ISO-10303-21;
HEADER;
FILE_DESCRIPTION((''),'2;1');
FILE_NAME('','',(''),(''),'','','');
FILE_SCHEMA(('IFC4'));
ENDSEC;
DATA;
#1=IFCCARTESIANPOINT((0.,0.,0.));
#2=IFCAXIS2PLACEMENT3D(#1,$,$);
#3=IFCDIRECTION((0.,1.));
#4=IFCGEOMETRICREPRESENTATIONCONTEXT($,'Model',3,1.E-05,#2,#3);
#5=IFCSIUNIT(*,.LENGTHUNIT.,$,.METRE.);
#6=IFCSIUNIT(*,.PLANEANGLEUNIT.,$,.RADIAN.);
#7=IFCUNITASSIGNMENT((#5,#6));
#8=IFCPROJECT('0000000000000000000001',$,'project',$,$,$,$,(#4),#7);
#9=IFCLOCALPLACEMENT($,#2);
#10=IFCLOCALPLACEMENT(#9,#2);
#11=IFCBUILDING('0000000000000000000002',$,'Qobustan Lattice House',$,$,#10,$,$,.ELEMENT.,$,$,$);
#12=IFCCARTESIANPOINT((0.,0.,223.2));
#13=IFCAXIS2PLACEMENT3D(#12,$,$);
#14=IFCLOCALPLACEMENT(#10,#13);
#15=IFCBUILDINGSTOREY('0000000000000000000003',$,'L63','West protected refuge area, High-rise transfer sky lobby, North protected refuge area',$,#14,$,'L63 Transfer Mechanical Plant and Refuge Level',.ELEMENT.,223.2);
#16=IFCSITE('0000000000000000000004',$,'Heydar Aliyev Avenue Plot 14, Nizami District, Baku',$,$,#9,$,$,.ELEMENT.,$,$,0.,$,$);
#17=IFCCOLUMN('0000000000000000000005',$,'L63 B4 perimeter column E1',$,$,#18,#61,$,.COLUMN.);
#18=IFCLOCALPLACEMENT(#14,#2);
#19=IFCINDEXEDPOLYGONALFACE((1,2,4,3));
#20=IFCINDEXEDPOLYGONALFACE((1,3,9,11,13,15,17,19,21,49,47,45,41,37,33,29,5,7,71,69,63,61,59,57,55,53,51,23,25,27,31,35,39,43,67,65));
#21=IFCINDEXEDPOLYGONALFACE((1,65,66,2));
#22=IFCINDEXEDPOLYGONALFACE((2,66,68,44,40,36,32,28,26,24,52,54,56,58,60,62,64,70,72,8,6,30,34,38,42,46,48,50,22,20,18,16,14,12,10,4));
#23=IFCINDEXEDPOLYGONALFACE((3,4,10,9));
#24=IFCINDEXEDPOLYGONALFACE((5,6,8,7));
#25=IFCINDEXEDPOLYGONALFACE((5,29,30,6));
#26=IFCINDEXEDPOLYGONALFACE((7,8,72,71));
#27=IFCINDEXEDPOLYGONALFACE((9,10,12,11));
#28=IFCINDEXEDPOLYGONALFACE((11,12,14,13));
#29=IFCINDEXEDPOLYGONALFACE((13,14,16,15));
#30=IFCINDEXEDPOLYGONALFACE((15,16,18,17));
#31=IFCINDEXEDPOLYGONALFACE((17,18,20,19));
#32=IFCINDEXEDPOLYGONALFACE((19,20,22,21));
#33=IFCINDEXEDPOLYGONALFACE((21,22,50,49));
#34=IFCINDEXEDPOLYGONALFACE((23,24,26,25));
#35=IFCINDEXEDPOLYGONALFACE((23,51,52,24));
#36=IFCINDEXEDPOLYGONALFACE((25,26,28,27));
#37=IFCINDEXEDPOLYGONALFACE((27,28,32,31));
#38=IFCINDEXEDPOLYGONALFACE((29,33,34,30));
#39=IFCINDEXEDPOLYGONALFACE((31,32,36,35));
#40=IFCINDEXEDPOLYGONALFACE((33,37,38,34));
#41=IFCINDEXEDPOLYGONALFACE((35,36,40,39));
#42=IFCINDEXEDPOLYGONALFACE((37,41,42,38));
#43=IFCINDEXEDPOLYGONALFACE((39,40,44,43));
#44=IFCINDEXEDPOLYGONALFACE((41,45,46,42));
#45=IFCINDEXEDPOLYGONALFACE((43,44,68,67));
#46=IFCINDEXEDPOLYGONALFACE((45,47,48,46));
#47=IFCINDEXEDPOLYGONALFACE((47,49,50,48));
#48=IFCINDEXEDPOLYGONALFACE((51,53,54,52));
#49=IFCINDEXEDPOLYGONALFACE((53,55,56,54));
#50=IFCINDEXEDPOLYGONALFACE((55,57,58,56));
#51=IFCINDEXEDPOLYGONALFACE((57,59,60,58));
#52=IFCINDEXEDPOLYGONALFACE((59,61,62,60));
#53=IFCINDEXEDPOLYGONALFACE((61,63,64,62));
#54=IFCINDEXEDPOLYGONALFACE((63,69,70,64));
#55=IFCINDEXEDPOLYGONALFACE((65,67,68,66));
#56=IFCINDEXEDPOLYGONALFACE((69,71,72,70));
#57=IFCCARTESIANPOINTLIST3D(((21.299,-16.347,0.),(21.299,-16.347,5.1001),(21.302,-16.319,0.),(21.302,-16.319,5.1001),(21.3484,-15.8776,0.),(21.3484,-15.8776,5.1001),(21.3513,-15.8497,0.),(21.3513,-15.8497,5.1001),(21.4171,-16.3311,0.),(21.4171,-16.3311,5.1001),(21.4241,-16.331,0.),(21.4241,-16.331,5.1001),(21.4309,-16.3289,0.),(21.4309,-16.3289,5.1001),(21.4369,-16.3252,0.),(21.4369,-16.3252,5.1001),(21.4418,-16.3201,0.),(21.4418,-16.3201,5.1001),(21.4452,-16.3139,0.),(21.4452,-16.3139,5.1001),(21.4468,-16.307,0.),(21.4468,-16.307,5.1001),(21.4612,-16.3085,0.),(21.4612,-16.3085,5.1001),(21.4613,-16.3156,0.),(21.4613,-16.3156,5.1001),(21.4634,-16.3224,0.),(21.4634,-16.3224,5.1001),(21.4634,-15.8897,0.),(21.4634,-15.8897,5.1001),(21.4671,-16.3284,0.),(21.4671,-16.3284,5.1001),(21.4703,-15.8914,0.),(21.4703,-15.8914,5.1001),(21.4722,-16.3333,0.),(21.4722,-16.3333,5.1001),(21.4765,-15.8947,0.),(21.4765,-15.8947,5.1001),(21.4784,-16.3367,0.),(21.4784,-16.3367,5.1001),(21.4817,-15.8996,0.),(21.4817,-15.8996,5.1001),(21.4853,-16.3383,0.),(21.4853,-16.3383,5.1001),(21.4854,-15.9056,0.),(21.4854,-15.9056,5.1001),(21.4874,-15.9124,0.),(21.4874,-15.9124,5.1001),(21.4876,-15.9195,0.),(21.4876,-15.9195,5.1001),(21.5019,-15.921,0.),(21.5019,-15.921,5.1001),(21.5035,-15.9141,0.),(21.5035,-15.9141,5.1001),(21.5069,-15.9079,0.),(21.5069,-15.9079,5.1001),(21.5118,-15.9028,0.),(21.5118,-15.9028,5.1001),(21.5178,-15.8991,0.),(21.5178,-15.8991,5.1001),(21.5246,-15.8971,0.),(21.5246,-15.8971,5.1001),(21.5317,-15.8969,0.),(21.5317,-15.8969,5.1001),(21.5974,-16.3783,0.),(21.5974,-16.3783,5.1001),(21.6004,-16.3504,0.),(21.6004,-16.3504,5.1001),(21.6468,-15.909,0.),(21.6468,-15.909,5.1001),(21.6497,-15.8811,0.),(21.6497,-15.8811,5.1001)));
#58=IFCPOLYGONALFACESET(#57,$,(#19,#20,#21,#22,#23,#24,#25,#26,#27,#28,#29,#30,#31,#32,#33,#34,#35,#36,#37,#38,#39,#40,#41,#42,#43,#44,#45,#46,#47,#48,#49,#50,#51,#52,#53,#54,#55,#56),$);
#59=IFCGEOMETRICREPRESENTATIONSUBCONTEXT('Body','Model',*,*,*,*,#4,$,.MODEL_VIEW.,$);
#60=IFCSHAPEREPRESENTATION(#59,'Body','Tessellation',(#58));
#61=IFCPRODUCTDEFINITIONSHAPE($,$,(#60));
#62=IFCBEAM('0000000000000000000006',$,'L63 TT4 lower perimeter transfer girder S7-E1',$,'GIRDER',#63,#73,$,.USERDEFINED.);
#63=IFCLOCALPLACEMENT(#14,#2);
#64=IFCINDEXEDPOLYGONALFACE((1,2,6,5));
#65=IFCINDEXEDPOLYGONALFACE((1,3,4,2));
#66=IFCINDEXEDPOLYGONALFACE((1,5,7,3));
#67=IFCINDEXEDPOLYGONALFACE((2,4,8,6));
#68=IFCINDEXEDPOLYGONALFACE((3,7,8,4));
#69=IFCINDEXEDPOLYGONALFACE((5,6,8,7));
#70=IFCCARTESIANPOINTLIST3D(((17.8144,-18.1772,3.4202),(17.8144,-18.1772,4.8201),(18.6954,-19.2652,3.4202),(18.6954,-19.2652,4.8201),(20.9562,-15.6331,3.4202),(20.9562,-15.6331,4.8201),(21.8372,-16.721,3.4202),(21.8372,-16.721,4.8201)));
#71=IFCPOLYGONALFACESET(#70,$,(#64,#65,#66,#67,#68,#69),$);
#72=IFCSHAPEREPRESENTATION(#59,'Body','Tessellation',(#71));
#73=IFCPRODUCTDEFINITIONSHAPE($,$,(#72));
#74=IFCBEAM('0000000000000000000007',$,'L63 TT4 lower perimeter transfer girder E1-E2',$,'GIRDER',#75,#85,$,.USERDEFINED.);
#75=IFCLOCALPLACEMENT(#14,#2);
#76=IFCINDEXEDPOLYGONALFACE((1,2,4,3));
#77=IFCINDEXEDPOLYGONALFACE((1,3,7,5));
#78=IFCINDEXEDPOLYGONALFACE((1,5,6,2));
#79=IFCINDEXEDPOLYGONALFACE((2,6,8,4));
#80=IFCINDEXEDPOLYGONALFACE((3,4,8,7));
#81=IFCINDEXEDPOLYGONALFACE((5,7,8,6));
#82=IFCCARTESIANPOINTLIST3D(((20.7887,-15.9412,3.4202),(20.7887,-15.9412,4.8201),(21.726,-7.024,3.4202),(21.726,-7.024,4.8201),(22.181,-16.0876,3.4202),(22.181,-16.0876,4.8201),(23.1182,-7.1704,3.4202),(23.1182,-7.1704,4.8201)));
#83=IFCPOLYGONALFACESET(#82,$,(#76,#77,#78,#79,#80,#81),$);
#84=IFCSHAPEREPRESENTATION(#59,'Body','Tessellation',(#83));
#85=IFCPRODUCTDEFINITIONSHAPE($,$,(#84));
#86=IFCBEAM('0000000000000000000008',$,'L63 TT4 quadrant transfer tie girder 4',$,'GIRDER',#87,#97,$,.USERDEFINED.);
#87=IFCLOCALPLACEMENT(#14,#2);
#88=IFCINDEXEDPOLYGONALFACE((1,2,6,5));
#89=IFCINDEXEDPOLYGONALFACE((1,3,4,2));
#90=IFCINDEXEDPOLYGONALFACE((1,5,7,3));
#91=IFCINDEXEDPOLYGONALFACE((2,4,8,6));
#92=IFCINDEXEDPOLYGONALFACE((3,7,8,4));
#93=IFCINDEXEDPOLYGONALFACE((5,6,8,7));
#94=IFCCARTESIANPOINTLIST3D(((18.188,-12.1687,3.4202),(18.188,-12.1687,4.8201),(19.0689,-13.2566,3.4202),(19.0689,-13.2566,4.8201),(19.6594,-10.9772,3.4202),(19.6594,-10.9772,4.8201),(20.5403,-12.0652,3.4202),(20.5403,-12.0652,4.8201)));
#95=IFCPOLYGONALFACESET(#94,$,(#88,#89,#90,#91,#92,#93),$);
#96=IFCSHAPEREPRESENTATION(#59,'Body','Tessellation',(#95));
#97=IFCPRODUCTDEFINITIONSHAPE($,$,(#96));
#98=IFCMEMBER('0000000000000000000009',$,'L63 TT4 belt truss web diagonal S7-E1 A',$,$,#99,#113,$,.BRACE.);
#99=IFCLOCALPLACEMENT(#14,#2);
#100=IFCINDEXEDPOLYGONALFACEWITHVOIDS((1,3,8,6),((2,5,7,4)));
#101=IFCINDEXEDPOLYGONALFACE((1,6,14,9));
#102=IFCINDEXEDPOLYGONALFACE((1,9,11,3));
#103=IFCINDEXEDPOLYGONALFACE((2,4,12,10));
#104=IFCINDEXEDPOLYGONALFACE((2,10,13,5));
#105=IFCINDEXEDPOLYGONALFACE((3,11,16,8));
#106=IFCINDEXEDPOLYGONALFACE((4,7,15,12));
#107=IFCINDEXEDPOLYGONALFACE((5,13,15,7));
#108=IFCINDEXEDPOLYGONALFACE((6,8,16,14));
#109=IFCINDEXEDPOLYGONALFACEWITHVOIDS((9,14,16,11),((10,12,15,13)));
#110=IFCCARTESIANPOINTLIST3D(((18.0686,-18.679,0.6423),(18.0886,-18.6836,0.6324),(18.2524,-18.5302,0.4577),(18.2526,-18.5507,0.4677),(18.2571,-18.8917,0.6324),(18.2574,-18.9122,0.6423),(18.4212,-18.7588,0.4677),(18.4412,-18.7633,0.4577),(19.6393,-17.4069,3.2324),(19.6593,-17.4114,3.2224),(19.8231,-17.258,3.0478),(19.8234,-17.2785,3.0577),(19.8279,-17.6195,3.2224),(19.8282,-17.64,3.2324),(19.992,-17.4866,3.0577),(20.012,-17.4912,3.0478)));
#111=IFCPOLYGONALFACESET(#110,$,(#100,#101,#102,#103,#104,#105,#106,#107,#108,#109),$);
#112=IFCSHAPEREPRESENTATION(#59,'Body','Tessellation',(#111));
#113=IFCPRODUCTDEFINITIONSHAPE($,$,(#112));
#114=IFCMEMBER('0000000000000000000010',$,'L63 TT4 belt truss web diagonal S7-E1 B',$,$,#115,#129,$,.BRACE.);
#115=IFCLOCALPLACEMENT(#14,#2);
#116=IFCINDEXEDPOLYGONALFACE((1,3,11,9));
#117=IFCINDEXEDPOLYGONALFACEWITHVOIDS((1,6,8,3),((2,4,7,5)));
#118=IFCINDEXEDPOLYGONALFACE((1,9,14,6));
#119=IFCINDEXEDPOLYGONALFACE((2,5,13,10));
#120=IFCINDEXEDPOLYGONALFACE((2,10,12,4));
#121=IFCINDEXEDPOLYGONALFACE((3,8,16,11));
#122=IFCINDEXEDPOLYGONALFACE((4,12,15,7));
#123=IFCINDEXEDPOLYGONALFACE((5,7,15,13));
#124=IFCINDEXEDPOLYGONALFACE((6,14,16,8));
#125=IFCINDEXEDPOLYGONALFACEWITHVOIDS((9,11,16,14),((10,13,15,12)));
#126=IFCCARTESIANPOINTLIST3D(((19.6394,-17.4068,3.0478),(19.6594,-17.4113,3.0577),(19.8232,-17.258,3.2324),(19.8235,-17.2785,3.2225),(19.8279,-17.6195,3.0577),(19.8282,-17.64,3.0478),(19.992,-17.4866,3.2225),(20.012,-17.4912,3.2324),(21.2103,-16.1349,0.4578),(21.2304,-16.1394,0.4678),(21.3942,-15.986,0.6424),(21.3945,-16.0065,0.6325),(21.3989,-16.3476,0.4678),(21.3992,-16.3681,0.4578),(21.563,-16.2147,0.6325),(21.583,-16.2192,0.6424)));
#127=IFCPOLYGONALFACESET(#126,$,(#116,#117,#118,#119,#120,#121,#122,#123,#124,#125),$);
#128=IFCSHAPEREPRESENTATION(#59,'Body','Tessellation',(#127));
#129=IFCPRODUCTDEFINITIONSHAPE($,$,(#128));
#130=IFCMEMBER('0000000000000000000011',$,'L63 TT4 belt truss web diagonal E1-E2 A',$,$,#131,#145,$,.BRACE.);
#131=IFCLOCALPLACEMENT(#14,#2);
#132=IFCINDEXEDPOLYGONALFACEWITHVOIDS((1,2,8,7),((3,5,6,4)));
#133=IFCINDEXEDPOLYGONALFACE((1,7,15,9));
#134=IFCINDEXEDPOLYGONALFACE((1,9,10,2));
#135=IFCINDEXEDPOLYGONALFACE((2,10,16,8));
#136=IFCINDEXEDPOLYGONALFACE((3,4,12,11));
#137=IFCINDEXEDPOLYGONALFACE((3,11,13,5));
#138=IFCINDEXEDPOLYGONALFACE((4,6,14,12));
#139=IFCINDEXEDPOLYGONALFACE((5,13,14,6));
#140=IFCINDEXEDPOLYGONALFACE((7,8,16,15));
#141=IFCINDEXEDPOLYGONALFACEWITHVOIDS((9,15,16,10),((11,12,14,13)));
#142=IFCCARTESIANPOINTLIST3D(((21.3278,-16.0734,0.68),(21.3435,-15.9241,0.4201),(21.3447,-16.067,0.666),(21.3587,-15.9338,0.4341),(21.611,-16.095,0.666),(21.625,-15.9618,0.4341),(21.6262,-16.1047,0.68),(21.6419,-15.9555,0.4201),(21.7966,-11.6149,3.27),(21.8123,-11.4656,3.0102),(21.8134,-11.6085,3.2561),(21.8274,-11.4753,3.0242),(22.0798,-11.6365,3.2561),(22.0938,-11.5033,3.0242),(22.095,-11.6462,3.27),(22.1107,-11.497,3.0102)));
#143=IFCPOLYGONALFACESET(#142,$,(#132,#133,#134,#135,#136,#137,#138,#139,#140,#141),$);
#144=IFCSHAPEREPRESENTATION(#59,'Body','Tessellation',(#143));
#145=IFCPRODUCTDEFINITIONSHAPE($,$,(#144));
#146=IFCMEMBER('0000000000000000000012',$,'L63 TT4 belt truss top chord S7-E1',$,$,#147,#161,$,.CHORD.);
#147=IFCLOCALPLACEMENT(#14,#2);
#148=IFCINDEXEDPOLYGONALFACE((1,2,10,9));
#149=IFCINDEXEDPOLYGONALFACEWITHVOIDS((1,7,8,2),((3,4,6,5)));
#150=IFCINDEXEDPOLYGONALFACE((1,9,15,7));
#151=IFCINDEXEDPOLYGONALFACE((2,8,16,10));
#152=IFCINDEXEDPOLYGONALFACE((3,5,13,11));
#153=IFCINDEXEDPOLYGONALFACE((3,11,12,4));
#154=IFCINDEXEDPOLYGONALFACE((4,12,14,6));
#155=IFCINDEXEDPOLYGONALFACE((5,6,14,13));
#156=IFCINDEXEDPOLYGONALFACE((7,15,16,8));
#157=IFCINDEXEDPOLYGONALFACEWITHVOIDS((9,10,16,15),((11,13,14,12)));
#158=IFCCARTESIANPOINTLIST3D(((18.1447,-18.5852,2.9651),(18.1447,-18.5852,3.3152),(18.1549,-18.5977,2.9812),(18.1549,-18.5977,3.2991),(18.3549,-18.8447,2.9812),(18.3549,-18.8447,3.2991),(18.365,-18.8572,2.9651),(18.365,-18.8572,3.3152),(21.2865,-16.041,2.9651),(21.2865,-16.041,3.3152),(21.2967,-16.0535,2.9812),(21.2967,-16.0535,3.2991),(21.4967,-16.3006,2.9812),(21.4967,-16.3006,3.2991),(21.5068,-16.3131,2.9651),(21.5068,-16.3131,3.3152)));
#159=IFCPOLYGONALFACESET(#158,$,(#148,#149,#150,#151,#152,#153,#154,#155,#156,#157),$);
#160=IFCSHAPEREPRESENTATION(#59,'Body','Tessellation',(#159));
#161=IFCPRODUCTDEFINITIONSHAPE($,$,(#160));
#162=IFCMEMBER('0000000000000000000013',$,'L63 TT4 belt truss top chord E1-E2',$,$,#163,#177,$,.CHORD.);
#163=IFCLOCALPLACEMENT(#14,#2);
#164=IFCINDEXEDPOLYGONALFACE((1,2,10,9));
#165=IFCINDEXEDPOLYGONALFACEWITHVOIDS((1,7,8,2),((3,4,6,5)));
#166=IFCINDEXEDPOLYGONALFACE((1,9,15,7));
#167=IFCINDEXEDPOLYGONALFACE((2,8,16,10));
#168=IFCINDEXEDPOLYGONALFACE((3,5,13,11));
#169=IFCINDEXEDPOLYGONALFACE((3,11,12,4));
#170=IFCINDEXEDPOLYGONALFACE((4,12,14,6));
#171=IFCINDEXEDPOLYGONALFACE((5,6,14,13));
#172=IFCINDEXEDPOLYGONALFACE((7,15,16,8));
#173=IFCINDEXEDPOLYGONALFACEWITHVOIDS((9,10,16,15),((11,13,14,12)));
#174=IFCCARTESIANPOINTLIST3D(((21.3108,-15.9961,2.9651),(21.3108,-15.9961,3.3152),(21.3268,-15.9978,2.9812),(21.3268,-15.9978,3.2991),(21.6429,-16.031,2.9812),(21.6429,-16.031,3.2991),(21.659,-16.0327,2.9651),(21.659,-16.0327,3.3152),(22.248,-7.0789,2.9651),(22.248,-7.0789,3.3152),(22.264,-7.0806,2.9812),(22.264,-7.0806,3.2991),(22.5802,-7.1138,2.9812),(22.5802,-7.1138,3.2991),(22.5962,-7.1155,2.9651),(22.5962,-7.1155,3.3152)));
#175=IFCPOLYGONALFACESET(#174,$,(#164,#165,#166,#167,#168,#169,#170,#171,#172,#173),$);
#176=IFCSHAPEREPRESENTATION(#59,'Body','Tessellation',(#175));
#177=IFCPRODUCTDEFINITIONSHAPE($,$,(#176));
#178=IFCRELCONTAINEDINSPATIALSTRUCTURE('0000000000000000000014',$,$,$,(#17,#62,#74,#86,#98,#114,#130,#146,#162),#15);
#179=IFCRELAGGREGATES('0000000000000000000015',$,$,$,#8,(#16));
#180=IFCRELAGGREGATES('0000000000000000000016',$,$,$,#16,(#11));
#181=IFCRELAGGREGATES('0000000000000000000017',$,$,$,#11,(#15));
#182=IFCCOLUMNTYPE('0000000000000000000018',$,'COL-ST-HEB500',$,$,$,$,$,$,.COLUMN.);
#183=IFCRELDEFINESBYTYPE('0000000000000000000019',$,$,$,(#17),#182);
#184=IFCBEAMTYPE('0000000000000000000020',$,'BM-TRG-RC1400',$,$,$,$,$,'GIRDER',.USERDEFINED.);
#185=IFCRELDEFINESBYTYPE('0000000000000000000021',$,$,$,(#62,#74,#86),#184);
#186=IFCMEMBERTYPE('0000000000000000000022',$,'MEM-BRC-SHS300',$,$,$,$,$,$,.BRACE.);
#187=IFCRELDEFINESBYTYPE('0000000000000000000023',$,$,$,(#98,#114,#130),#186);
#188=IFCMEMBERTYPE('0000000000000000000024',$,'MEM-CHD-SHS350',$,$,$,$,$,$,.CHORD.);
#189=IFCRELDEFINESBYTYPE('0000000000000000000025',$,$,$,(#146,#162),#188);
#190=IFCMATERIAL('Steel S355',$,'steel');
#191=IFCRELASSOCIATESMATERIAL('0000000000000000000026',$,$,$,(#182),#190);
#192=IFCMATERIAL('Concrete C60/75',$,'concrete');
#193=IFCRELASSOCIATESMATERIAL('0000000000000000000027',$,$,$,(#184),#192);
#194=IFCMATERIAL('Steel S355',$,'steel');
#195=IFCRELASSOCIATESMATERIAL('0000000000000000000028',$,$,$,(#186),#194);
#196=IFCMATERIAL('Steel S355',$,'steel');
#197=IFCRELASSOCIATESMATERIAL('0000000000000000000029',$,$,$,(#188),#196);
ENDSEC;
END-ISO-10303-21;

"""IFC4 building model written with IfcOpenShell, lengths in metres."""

from ifc_helpers import new_model, si_unit, direction, frame, origin, origin_2d, place, context, subcontext, project, spatial, rectangle, hollow_rectangle, i_section, extrude, material, material_profile, profile_set, type_object, element, save


model = new_model("IFC4")

# Units and contexts
model_context = context("Model", 3, precision=1e-05, world=origin(), true_north=direction((0.0, 1.0)))
body_context = subcontext(model_context, "Body", "Model", "MODEL_VIEW")
ifc_project = project(units=[si_unit("LENGTHUNIT", "METRE"), si_unit("PLANEANGLEUNIT", "RADIAN")], contexts=[model_context])

# Site, building, storey
site_placement = place(None, origin())
site = spatial("IfcSite", under=ifc_project, at=site_placement, Name="Heydar Aliyev Avenue Plot 14, Nizami District, Baku", CompositionType="ELEMENT", RefElevation=0.0)
building_placement = place(site_placement, origin())
building = spatial("IfcBuilding", under=site, at=building_placement, Name="Qobustan Lattice House", CompositionType="ELEMENT")
storey_placement = place(building_placement, frame((0.0, 0.0, 223.2)))
storey = spatial("IfcBuildingStorey", under=building, at=storey_placement, Name="L63", Description="West protected refuge area, High-rise transfer sky lobby, North protected refuge area", LongName="L63 Transfer Mechanical Plant and Refuge Level", CompositionType="ELEMENT", Elevation=223.2)

# Column
ifc_material_1 = material(Name="Steel S355", Category="steel")
ifc_material_profile_1 = material_profile(ifc_material_1, i_section(OverallWidth=0.3, OverallDepth=0.5, WebThickness=0.0144, FlangeThickness=0.0281, FilletRadius=0.0271, at=origin_2d()), Name="HEB500")
ifc_profile_set_1 = profile_set([ifc_material_profile_1], Name="Steel S355")
column_type = type_object("IfcColumnType", Name="COL-ST-HEB500", PredefinedType="COLUMN", material=ifc_profile_set_1)
column_placement = place(storey_placement, frame((21.4744, -16.114, 0.0), z_axis=(0.0, 0.0, 1.0), x_axis=(0.994522, -0.104528, 0.0)))
element("IfcColumn", 1, at=column_placement, inside=storey, type_object=column_type, Name="L63 B4 perimeter column E1", PredefinedType="COLUMN", context=body_context, shape_type="SweptSolid", body=[
    extrude(i_section(OverallWidth=0.3, OverallDepth=0.5, WebThickness=0.0144, FlangeThickness=0.0281, FilletRadius=0.0271, at=origin_2d()), origin(), (0.0, 0.0, 1.0), 5.1001),
])

# Beams
ifc_material_2 = material(Name="Concrete C60/75", Category="concrete")
ifc_material_profile_2 = material_profile(ifc_material_2, rectangle(XDim=1.3999, YDim=1.3999, at=origin_2d()), Name="RC1400x1400")
ifc_profile_set_2 = profile_set([ifc_material_profile_2], Name="Concrete C60/75")
beam_type = type_object("IfcBeamType", Name="BM-TRG-RC1400", ElementType="GIRDER", PredefinedType="USERDEFINED", material=ifc_profile_set_2)
beam_1_placement = place(storey_placement, frame((18.2549, -18.7212, 4.1201), z_axis=(0.777149, 0.629316, 0.0), x_axis=(-0.629316, 0.777149, 0.0)))
element("IfcBeam", 2, at=beam_1_placement, inside=storey, type_object=beam_type, Name="L63 TT4 lower perimeter transfer girder S7-E1", ObjectType="GIRDER", PredefinedType="USERDEFINED", context=body_context, shape_type="SweptSolid", body=[
    extrude(rectangle(XDim=1.3999, YDim=1.3999, at=origin_2d()), origin(), (0.0, 0.0, 1.0), 4.0427),
])
beam_2_placement = place(storey_placement, frame((21.4849, -16.0144, 4.1201), z_axis=(0.10453, 0.994522, 0.0), x_axis=(-0.994522, 0.10453, 0.0)))
element("IfcBeam", 3, at=beam_2_placement, inside=storey, type_object=beam_type, Name="L63 TT4 lower perimeter transfer girder E1-E2", ObjectType="GIRDER", PredefinedType="USERDEFINED", context=body_context, shape_type="SweptSolid", body=[
    extrude(rectangle(XDim=1.3999, YDim=1.3999, at=origin_2d()), origin(), (0.0, 0.0, 1.0), 8.9663),
])
beam_3_placement = place(storey_placement, frame((18.6284, -12.7126, 4.1201), z_axis=(0.777182, 0.629276, 0.0), x_axis=(-0.629276, 0.777182, 0.0)))
element("IfcBeam", 4, at=beam_3_placement, inside=storey, type_object=beam_type, Name="L63 TT4 quadrant transfer tie girder 4", ObjectType="GIRDER", PredefinedType="USERDEFINED", context=body_context, shape_type="SweptSolid", body=[
    extrude(rectangle(XDim=1.3999, YDim=1.3999, at=origin_2d()), origin(), (0.0, 0.0, 1.0), 1.8933),
])

# Members
ifc_material_3 = material(Name="Steel S355", Category="steel")
ifc_material_profile_3 = material_profile(ifc_material_3, hollow_rectangle(XDim=0.3, YDim=0.3, WallThickness=0.0161, at=origin_2d()), Name="SHS300x300x16")
ifc_profile_set_3 = profile_set([ifc_material_profile_3], Name="Steel S355")
member_type_1 = type_object("IfcMemberType", Name="MEM-BRC-SHS300", PredefinedType="BRACE", material=ifc_profile_set_3)
for number, where, z_axis, x_axis, name in (
    (5, (18.2549, -18.7212, 0.55), (0.478101, 0.387222, 0.788339), (-0.629382, 0.777096, 0.0), "L63 TT4 belt truss web diagonal S7-E1 A"),
    (6, (19.8257, -17.449, 3.1401), (0.478172, 0.387145, -0.788334), (-0.62925, 0.777203, 0.0), "L63 TT4 belt truss web diagonal S7-E1 B"),
):
    element("IfcMember", number, at=place(storey_placement, frame(where, z_axis=z_axis, x_axis=x_axis)), inside=storey, type_object=member_type_1, Name=name, PredefinedType="BRACE", context=body_context, shape_type="SweptSolid", body=[
        extrude(hollow_rectangle(XDim=0.3, YDim=0.3, WallThickness=0.0161, at=origin_2d()), origin(), (0.0, 0.0, 1.0), 3.2854),
    ])
member_1_placement = place(storey_placement, frame((21.4849, -16.0144, 0.55), z_axis=(0.090536, 0.86113, 0.500259), x_axis=(-0.994519, 0.10456, 0.0)))
element("IfcMember", 7, at=member_1_placement, inside=storey, type_object=member_type_1, Name="L63 TT4 belt truss web diagonal E1-E2 A", PredefinedType="BRACE", context=body_context, shape_type="SweptSolid", body=[
    extrude(hollow_rectangle(XDim=0.3, YDim=0.3, WallThickness=0.0161, at=origin_2d()), origin(), (0.0, 0.0, 1.0), 5.1775),
])
ifc_material_4 = material(Name="Steel S355", Category="steel")
ifc_material_profile_4 = material_profile(ifc_material_4, hollow_rectangle(XDim=0.3501, YDim=0.3501, WallThickness=0.0161, at=origin_2d()), Name="SHS350x350x16")
ifc_profile_set_4 = profile_set([ifc_material_profile_4], Name="Steel S355")
member_type_2 = type_object("IfcMemberType", Name="MEM-CHD-SHS350", PredefinedType="CHORD", material=ifc_profile_set_4)
member_2_placement = place(storey_placement, frame((18.2549, -18.7212, 3.1401), z_axis=(0.777149, 0.629316, 0.0), x_axis=(-0.629316, 0.777149, 0.0)))
element("IfcMember", 8, at=member_2_placement, inside=storey, type_object=member_type_2, Name="L63 TT4 belt truss top chord S7-E1", PredefinedType="CHORD", context=body_context, shape_type="SweptSolid", body=[
    extrude(hollow_rectangle(XDim=0.3501, YDim=0.3501, WallThickness=0.0161, at=origin_2d()), origin(), (0.0, 0.0, 1.0), 4.0427),
])
member_3_placement = place(storey_placement, frame((21.4849, -16.0144, 3.1401), z_axis=(0.10453, 0.994522, 0.0), x_axis=(-0.994522, 0.10453, 0.0)))
element("IfcMember", 9, at=member_3_placement, inside=storey, type_object=member_type_2, Name="L63 TT4 belt truss top chord E1-E2", PredefinedType="CHORD", context=body_context, shape_type="SweptSolid", body=[
    extrude(hollow_rectangle(XDim=0.3501, YDim=0.3501, WallThickness=0.0161, at=origin_2d()), origin(), (0.0, 0.0, 1.0), 8.9663),
])

save(model, "model.ifc")
